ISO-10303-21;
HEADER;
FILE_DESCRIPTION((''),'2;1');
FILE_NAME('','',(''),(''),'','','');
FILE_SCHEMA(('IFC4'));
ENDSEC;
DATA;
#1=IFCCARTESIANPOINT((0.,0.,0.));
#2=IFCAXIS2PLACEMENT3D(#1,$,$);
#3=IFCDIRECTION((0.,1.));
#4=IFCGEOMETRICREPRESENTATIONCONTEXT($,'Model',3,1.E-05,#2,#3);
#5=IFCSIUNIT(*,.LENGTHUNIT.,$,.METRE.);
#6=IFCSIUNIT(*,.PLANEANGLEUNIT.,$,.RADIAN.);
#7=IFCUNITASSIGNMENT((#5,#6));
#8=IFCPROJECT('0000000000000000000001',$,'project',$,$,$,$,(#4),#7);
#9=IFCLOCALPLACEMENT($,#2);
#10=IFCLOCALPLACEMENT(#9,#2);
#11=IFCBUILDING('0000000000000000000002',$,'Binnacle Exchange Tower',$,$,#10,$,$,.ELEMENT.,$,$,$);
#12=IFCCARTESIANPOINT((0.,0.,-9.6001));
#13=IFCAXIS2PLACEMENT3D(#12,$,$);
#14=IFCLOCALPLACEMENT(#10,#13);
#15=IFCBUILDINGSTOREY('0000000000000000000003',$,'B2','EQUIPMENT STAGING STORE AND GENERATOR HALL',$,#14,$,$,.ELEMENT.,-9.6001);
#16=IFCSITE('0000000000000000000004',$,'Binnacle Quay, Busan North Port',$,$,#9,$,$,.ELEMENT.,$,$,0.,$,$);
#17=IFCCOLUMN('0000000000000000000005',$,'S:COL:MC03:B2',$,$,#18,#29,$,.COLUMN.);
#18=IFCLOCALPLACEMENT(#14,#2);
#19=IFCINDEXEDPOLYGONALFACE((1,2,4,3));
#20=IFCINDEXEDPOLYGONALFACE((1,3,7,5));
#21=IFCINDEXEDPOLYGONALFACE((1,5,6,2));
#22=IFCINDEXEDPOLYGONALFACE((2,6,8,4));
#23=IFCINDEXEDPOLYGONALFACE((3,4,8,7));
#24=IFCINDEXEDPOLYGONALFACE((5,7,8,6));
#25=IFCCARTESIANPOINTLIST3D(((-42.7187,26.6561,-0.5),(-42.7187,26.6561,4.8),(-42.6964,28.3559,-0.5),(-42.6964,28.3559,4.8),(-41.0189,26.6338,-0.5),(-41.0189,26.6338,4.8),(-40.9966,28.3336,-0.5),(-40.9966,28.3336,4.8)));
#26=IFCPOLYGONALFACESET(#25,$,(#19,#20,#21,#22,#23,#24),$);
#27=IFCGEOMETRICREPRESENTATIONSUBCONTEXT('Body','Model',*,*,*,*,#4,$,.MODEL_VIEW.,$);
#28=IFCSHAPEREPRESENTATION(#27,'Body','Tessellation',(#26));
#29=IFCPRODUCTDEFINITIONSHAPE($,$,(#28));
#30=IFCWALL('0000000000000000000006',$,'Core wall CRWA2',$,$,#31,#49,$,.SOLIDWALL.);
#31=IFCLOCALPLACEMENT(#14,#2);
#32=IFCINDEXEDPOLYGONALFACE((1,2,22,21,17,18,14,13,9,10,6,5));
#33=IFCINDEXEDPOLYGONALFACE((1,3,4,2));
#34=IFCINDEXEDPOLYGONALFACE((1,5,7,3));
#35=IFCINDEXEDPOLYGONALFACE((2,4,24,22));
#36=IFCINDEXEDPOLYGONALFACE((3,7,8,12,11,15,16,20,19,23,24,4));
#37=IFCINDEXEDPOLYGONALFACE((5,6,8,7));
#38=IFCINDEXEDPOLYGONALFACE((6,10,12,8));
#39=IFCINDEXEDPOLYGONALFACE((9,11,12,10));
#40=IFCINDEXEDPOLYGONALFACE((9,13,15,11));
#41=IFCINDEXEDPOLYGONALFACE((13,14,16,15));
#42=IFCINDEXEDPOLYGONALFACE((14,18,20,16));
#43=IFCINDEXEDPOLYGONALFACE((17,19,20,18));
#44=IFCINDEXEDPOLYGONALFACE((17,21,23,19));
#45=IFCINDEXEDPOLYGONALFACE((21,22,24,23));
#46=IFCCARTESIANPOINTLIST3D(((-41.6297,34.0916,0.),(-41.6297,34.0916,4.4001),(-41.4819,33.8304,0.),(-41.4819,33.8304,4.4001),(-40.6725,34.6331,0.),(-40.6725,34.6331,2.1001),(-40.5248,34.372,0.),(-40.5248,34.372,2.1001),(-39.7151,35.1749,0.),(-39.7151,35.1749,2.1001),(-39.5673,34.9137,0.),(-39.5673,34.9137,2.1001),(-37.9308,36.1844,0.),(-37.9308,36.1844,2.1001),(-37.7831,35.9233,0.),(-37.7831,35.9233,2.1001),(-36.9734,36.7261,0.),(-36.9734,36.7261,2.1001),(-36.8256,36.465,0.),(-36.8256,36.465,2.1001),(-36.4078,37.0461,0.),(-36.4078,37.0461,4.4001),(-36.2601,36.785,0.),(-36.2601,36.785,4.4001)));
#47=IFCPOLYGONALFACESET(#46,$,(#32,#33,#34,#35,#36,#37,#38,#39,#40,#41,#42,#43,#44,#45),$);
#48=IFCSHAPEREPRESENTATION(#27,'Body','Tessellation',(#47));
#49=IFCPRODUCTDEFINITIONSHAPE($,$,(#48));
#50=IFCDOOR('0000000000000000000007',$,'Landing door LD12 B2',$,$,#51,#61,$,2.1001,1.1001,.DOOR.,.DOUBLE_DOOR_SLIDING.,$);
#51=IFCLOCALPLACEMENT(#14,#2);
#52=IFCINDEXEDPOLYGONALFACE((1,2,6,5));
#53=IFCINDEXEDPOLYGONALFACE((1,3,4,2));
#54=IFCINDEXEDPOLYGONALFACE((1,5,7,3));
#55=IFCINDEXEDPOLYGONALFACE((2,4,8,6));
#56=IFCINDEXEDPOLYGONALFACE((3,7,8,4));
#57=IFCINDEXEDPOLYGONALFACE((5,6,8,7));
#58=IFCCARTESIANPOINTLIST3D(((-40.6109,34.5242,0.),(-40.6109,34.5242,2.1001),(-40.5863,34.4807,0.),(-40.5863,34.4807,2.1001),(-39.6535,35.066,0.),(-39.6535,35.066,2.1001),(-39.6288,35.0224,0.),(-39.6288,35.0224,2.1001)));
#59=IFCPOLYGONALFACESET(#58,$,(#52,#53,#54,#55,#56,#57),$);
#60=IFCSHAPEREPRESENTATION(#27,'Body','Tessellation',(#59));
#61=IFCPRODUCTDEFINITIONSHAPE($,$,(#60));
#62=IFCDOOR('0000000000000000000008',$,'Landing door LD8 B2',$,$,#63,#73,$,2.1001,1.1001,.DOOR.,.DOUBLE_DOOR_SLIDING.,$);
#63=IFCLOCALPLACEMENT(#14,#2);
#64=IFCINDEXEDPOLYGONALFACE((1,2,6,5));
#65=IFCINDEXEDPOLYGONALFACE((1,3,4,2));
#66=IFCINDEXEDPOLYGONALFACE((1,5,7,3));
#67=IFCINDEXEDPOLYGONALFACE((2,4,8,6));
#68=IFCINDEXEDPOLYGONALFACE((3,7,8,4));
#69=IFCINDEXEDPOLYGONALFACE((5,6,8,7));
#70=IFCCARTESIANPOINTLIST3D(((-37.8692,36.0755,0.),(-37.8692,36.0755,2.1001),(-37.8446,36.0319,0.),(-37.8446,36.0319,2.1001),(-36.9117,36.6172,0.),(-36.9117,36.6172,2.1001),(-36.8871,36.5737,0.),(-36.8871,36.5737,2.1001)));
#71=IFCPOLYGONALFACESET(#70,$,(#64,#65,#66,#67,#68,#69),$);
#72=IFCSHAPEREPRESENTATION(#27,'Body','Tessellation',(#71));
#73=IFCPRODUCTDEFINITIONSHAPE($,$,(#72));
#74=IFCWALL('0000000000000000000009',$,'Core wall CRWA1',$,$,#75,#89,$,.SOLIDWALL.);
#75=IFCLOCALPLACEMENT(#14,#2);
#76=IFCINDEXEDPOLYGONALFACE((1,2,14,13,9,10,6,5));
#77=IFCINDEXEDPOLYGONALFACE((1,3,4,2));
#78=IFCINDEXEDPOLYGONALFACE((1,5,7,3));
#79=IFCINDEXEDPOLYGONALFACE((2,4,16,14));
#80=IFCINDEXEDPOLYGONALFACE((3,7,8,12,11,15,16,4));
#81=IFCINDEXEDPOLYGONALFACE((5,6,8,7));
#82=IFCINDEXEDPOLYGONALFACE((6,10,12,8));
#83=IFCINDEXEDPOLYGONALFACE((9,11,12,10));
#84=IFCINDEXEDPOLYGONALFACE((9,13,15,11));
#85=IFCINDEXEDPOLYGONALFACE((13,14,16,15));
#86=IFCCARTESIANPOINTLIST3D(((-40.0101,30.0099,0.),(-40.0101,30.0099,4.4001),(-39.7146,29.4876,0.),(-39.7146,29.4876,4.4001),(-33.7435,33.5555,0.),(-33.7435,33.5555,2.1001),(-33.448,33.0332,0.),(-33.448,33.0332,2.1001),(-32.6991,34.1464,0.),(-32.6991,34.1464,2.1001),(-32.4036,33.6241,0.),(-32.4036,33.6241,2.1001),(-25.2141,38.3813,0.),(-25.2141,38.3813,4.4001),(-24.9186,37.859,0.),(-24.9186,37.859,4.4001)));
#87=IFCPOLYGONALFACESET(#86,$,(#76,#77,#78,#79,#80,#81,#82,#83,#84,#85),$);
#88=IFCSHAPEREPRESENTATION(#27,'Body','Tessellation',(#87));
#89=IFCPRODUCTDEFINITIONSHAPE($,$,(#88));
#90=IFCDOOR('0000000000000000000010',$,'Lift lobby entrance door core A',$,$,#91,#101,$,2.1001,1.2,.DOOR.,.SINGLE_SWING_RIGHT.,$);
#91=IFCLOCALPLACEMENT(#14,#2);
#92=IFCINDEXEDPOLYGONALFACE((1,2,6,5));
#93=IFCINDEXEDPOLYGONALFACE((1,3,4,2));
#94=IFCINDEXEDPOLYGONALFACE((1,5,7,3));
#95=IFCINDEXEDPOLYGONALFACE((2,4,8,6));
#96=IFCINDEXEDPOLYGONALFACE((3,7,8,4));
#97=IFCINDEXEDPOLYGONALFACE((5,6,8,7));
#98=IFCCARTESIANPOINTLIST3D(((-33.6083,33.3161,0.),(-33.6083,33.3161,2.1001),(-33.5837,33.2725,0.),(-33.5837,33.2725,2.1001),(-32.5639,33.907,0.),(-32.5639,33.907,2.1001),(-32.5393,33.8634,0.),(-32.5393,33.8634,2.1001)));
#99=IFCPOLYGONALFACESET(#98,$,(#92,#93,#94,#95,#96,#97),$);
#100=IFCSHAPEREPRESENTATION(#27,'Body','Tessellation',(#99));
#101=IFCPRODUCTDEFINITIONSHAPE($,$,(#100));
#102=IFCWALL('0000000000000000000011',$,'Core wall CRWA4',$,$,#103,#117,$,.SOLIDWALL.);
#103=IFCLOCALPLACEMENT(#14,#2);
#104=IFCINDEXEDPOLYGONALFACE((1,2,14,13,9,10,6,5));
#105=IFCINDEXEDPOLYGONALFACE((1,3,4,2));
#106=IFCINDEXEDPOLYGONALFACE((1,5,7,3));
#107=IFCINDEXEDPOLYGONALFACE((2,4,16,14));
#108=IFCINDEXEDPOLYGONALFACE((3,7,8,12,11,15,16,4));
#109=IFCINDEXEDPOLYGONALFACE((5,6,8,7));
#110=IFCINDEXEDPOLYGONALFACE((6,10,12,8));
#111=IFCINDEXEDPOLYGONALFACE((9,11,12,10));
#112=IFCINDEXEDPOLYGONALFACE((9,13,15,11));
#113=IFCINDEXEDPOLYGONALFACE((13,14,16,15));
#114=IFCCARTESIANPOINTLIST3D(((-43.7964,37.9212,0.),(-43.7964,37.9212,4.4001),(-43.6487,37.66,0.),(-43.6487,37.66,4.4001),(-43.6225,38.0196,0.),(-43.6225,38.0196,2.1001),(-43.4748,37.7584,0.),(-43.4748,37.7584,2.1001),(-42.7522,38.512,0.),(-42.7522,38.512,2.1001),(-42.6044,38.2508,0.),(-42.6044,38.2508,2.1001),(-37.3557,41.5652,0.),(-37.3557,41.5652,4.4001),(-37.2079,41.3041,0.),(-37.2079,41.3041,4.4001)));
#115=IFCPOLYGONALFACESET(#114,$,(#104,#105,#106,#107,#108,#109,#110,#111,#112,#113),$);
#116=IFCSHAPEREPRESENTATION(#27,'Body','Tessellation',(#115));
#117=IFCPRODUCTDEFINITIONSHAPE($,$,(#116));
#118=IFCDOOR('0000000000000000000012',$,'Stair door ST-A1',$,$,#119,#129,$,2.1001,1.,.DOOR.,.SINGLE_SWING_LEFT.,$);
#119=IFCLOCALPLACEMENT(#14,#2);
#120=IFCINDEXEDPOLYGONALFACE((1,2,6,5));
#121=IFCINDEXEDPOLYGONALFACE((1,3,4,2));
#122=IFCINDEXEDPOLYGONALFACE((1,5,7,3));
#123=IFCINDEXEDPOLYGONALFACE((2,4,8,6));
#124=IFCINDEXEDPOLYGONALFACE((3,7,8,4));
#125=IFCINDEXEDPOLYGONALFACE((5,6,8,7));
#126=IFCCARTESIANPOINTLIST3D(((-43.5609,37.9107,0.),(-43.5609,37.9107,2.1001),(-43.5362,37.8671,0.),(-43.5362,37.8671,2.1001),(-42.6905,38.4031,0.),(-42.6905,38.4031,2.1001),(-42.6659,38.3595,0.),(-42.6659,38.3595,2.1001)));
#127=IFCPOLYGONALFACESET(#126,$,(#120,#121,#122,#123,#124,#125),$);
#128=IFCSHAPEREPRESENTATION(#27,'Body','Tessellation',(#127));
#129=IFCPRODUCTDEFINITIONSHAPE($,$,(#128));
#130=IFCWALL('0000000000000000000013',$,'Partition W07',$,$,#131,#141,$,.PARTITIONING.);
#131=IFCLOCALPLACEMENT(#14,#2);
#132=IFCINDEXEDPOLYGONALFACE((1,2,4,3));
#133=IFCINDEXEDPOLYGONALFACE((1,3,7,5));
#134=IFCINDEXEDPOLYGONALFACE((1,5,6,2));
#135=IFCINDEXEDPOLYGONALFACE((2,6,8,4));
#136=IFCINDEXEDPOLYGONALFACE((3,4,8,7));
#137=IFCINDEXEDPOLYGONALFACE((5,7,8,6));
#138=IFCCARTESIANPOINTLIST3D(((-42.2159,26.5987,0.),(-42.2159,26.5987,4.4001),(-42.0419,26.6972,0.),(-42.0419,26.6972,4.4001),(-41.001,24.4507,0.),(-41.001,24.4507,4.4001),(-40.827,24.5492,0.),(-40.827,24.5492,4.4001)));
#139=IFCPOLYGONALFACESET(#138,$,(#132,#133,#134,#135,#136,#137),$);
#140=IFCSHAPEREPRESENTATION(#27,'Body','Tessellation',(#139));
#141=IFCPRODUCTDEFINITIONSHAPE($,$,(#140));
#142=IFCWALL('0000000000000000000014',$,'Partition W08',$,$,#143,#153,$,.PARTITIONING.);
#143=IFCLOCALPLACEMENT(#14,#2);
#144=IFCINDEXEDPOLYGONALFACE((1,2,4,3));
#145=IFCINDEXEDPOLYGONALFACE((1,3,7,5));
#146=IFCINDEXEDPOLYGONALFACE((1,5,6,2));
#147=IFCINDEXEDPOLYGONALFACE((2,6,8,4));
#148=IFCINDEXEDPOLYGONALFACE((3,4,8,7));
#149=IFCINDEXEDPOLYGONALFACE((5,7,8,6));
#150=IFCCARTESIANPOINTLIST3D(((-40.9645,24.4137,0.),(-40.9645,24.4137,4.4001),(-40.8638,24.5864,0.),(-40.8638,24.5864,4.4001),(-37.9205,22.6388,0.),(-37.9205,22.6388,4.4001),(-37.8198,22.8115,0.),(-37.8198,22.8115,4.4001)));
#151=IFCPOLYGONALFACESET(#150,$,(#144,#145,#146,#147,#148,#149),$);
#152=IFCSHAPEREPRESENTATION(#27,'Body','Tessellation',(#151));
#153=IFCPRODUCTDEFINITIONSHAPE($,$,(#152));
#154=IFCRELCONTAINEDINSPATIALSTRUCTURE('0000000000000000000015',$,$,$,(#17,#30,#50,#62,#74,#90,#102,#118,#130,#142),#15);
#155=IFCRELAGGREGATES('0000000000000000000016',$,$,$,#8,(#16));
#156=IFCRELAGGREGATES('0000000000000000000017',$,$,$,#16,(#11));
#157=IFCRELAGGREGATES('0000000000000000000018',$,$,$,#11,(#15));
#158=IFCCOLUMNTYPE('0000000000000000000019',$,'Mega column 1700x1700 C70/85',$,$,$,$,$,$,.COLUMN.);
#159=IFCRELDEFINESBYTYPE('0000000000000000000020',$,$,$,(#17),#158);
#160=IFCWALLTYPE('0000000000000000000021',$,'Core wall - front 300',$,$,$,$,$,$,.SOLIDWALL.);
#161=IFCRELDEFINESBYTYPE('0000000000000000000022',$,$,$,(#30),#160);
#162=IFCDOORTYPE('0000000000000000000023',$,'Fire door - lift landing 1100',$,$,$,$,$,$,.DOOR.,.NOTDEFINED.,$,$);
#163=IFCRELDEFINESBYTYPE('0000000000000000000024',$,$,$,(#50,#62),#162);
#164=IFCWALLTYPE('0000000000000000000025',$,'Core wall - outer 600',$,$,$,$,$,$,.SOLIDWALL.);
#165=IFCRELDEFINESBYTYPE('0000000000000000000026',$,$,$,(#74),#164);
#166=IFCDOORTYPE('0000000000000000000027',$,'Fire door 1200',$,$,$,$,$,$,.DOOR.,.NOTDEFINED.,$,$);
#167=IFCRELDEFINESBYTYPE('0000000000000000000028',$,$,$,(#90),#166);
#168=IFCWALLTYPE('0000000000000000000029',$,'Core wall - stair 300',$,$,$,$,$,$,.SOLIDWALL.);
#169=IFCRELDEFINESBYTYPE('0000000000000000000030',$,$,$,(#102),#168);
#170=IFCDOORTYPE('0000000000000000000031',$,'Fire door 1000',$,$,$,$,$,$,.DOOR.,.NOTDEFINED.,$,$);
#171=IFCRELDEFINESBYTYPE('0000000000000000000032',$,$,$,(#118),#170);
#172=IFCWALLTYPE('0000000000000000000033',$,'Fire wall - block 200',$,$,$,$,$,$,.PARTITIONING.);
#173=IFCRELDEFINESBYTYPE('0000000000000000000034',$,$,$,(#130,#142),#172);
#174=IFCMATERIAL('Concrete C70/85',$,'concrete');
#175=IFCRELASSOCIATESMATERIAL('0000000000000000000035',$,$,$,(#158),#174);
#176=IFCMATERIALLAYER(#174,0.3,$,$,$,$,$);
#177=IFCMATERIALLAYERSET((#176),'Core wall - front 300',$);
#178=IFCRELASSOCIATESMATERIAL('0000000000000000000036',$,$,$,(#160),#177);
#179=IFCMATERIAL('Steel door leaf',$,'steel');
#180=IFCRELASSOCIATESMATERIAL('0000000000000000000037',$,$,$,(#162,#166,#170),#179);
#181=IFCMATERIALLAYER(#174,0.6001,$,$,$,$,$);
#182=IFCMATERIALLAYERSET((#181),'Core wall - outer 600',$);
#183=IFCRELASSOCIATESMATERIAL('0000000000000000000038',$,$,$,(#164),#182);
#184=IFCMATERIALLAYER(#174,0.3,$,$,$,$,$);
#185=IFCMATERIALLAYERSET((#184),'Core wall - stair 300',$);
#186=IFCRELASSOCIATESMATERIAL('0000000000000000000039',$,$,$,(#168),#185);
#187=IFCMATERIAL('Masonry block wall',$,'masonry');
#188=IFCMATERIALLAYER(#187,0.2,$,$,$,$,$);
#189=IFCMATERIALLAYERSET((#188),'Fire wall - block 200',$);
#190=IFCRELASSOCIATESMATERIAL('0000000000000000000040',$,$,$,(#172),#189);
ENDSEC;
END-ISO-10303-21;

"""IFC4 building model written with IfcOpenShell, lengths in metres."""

from ifc_helpers import new_model, si_unit, direction, frame, frame_2d, origin, origin_2d, place, context, subcontext, project, spatial, rectangle, extrude, material, layer, layer_set, material_profile, profile_set, type_object, element, fill, save


model = new_model("IFC4")

# Units and contexts
model_context = context("Model", 3, precision=1e-05, world=origin(), true_north=direction((0.0, 1.0)))
body_context = subcontext(model_context, "Body", "Model", "MODEL_VIEW")
ifc_project = project(units=[si_unit("LENGTHUNIT", "METRE"), si_unit("PLANEANGLEUNIT", "RADIAN")], contexts=[model_context])

# Site, building, storey
site_placement = place(None, origin())
site = spatial("IfcSite", under=ifc_project, at=site_placement, Name="Binnacle Quay, Busan North Port", CompositionType="ELEMENT", RefElevation=0.0)
building_placement = place(site_placement, origin())
building = spatial("IfcBuilding", under=site, at=building_placement, Name="Binnacle Exchange Tower", CompositionType="ELEMENT")
storey_placement = place(building_placement, frame((0.0, 0.0, -9.6001)))
storey = spatial("IfcBuildingStorey", under=building, at=storey_placement, Name="B2", Description="EQUIPMENT STAGING STORE AND GENERATOR HALL", CompositionType="ELEMENT", Elevation=-9.6001)

# Column
ifc_material_1 = material(Name="Concrete C70/85", Category="concrete")
ifc_material_profile_1 = material_profile(ifc_material_1, rectangle(XDim=1.7, YDim=1.7, at=origin_2d()), Name="Mega column 1700x1700 C70/85")
ifc_profile_set_1 = profile_set([ifc_material_profile_1], Name="Concrete C70/85")
column_type = type_object("IfcColumnType", Name="Mega column 1700x1700 C70/85", PredefinedType="COLUMN", material=ifc_profile_set_1)
column_placement = place(storey_placement, frame((-41.8577, 27.4949, -0.5), z_axis=(0.0, 0.0, 1.0), x_axis=(0.999914, -0.01309, 0.0)))
element("IfcColumn", 1, at=column_placement, inside=storey, type_object=column_type, Name="S:COL:MC03:B2", PredefinedType="COLUMN", context=body_context, shape_type="SweptSolid", body=[
    extrude(rectangle(XDim=1.7, YDim=1.7, at=origin_2d()), origin(), (0.0, 0.0, 1.0), 5.3),
])

# Wall, openings, doors
ifc_layer_1 = layer(ifc_material_1, 0.3)
ifc_layer_set_1 = layer_set([ifc_layer_1], Name="Core wall - front 300")
wall_type_1 = type_object("IfcWallType", Name="Core wall - front 300", PredefinedType="SOLIDWALL", material=ifc_layer_set_1)
wall_1_placement = place(storey_placement, frame((-41.5559, 33.9609, 0.0), z_axis=(0.0, 0.0, 1.0), x_axis=(0.870344, 0.492445, 0.0)))
wall_1 = element("IfcWall", 2, at=wall_1_placement, inside=storey, type_object=wall_type_1, Name="Core wall CRWA2", PredefinedType="SOLIDWALL", context=body_context, shape_type="SweptSolid", body=[
    extrude(rectangle(XDim=5.9998, YDim=0.3, at=frame_2d((3.0, 0.0))), origin(), (0.0, 0.0, 1.0), 4.4001),
])
opening_1_placement = place(wall_1_placement, frame((1.0999, 0.0, 0.0)))
opening_1 = element("IfcOpeningElement", 3, at=opening_1_placement, cuts=wall_1, PredefinedType="OPENING", context=body_context, shape_type="SweptSolid", body=[
    extrude(rectangle(XDim=1.1001, YDim=2.1001, at=frame_2d((0.55, 1.05))), frame((0.0, 0.1599, 0.0), z_axis=(0.0, -1.0, 0.0), x_axis=(1.0, 0.0, 0.0)), (0.0, 0.0, 1.0), 0.3201),
])
opening_2_placement = place(wall_1_placement, frame((4.25, 0.0, 0.0)))
opening_2 = element("IfcOpeningElement", 4, at=opening_2_placement, cuts=wall_1, PredefinedType="OPENING", context=body_context, shape_type="SweptSolid", body=[
    extrude(rectangle(XDim=1.1001, YDim=2.1001, at=frame_2d((0.55, 1.05))), frame((0.0, 0.1599, 0.0), z_axis=(0.0, -1.0, 0.0), x_axis=(1.0, 0.0, 0.0)), (0.0, 0.0, 1.0), 0.3201),
])
ifc_material_2 = material(Name="Steel door leaf", Category="steel")
door_type_1 = type_object("IfcDoorType", Name="Fire door - lift landing 1100", OperationType="NOTDEFINED", PredefinedType="DOOR", material=ifc_material_2)
door_1_placement = place(opening_1_placement, origin())
door_1 = element("IfcDoor", 5, at=door_1_placement, inside=storey, type_object=door_type_1, Name="Landing door LD12 B2", OperationType="DOUBLE_DOOR_SLIDING", OverallHeight=2.1001, OverallWidth=1.1001, PredefinedType="DOOR", context=body_context, shape_type="SweptSolid", body=[
    extrude(rectangle(XDim=1.1001, YDim=2.1001, at=frame_2d((0.55, 1.05))), frame((0.0, 0.0249, 0.0), z_axis=(0.0, -1.0, 0.0), x_axis=(1.0, 0.0, 0.0)), (0.0, 0.0, 1.0), 0.05),
])
fill(opening_1, door_1)
door_2_placement = place(opening_2_placement, origin())
door_2 = element("IfcDoor", 6, at=door_2_placement, inside=storey, type_object=door_type_1, Name="Landing door LD8 B2", OperationType="DOUBLE_DOOR_SLIDING", OverallHeight=2.1001, OverallWidth=1.1001, PredefinedType="DOOR", context=body_context, shape_type="SweptSolid", body=[
    extrude(rectangle(XDim=1.1001, YDim=2.1001, at=frame_2d((0.55, 1.05))), frame((0.0, 0.0249, 0.0), z_axis=(0.0, -1.0, 0.0), x_axis=(1.0, 0.0, 0.0)), (0.0, 0.0, 1.0), 0.05),
])
fill(opening_2, door_2)

# Walls, openings, doors
ifc_layer_2 = layer(ifc_material_1, 0.6001)
ifc_layer_set_2 = layer_set([ifc_layer_2], Name="Core wall - outer 600")
wall_type_2 = type_object("IfcWallType", Name="Core wall - outer 600", PredefinedType="SOLIDWALL", material=ifc_layer_set_2)
wall_2_placement = place(storey_placement, frame((-39.8623, 29.7488, 0.0), z_axis=(0.0, 0.0, 1.0), x_axis=(0.87035, 0.492433, 0.0)))
wall_2 = element("IfcWall", 7, at=wall_2_placement, inside=storey, type_object=wall_type_2, Name="Core wall CRWA1", PredefinedType="SOLIDWALL", context=body_context, shape_type="SweptSolid", body=[
    extrude(rectangle(XDim=17.0, YDim=0.6001, at=frame_2d((8.5, 0.0))), origin(), (0.0, 0.0, 1.0), 4.4001),
])
opening_3_placement = place(wall_2_placement, frame((7.2, 0.0, 0.0)))
opening_3 = element("IfcOpeningElement", 8, at=opening_3_placement, cuts=wall_2, PredefinedType="OPENING", context=body_context, shape_type="SweptSolid", body=[
    extrude(rectangle(XDim=1.2, YDim=2.1001, at=frame_2d((0.6001, 1.05))), frame((0.0, 0.3101, 0.0), z_axis=(0.0, -1.0, 0.0), x_axis=(1.0, 0.0, 0.0)), (0.0, 0.0, 1.0), 0.6201),
])
door_type_2 = type_object("IfcDoorType", Name="Fire door 1200", OperationType="NOTDEFINED", PredefinedType="DOOR", material=ifc_material_2)
door_3_placement = place(opening_3_placement, frame((1.2, 0.0, 0.0), z_axis=(0.0, 0.0, 1.0), x_axis=(-1.0, 0.0, 0.0)))
door_3 = element("IfcDoor", 9, at=door_3_placement, inside=storey, type_object=door_type_2, Name="Lift lobby entrance door core A", OperationType="SINGLE_SWING_RIGHT", OverallHeight=2.1001, OverallWidth=1.2, PredefinedType="DOOR", context=body_context, shape_type="SweptSolid", body=[
    extrude(rectangle(XDim=1.2, YDim=2.1001, at=frame_2d((0.6001, 1.05))), frame((0.0, 0.0249, 0.0), z_axis=(0.0, -1.0, 0.0), x_axis=(1.0, 0.0, 0.0)), (0.0, 0.0, 1.0), 0.05),
])
fill(opening_3, door_3)
ifc_layer_3 = layer(ifc_material_1, 0.3)
ifc_layer_set_3 = layer_set([ifc_layer_3], Name="Core wall - stair 300")
wall_type_3 = type_object("IfcWallType", Name="Core wall - stair 300", PredefinedType="SOLIDWALL", material=ifc_layer_set_3)
wall_3_placement = place(storey_placement, frame((-43.7227, 37.7905, 0.0), z_axis=(0.0, 0.0, 1.0), x_axis=(0.870351, 0.492432, 0.0)))
wall_3 = element("IfcWall", 10, at=wall_3_placement, inside=storey, type_object=wall_type_3, Name="Core wall CRWA4", PredefinedType="SOLIDWALL", context=body_context, shape_type="SweptSolid", body=[
    extrude(rectangle(XDim=7.4001, YDim=0.3, at=frame_2d((3.7002, 0.0))), origin(), (0.0, 0.0, 1.0), 4.4001),
])
opening_4_placement = place(wall_3_placement, frame((0.2, 0.0, 0.0)))
opening_4 = element("IfcOpeningElement", 11, at=opening_4_placement, cuts=wall_3, PredefinedType="OPENING", context=body_context, shape_type="SweptSolid", body=[
    extrude(rectangle(XDim=1.0, YDim=2.1001, at=frame_2d((0.5, 1.05))), frame((0.0, 0.1599, 0.0), z_axis=(0.0, -1.0, 0.0), x_axis=(1.0, 0.0, 0.0)), (0.0, 0.0, 1.0), 0.3201),
])
door_type_3 = type_object("IfcDoorType", Name="Fire door 1000", OperationType="NOTDEFINED", PredefinedType="DOOR", material=ifc_material_2)
door_4_placement = place(opening_4_placement, origin())
door_4 = element("IfcDoor", 12, at=door_4_placement, inside=storey, type_object=door_type_3, Name="Stair door ST-A1", OperationType="SINGLE_SWING_LEFT", OverallHeight=2.1001, OverallWidth=1.0, PredefinedType="DOOR", context=body_context, shape_type="SweptSolid", body=[
    extrude(rectangle(XDim=1.0, YDim=2.1001, at=frame_2d((0.5, 1.05))), frame((0.0, 0.0249, 0.0), z_axis=(0.0, -1.0, 0.0), x_axis=(1.0, 0.0, 0.0)), (0.0, 0.0, 1.0), 0.05),
])
fill(opening_4, door_4)

# Walls
ifc_material_3 = material(Name="Masonry block wall", Category="masonry")
ifc_layer_4 = layer(ifc_material_3, 0.2)
ifc_layer_set_4 = layer_set([ifc_layer_4], Name="Fire wall - block 200")
wall_type_4 = type_object("IfcWallType", Name="Fire wall - block 200", PredefinedType="PARTITIONING", material=ifc_layer_set_4)
wall_4_placement = place(storey_placement, frame((-42.1289, 26.6479, 0.0), z_axis=(0.0, 0.0, 1.0), x_axis=(0.492298, -0.870426, 0.0)))
element("IfcWall", 13, at=wall_4_placement, inside=storey, type_object=wall_type_4, Name="Partition W07", PredefinedType="PARTITIONING", context=body_context, shape_type="SweptSolid", body=[
    extrude(rectangle(XDim=2.4678, YDim=0.2, at=frame_2d((1.2339, 0.0))), origin(), (0.0, 0.0, 1.0), 4.4001),
])
wall_5_placement = place(storey_placement, frame((-40.9141, 24.5, 0.0), z_axis=(0.0, 0.0, 1.0), x_axis=(0.863869, -0.503716, 0.0)))
element("IfcWall", 14, at=wall_5_placement, inside=storey, type_object=wall_type_4, Name="Partition W08", PredefinedType="PARTITIONING", context=body_context, shape_type="SweptSolid", body=[
    extrude(rectangle(XDim=3.5237, YDim=0.2, at=frame_2d((1.7617, 0.0))), origin(), (0.0, 0.0, 1.0), 4.4001),
])

save(model, "model.ifc")
